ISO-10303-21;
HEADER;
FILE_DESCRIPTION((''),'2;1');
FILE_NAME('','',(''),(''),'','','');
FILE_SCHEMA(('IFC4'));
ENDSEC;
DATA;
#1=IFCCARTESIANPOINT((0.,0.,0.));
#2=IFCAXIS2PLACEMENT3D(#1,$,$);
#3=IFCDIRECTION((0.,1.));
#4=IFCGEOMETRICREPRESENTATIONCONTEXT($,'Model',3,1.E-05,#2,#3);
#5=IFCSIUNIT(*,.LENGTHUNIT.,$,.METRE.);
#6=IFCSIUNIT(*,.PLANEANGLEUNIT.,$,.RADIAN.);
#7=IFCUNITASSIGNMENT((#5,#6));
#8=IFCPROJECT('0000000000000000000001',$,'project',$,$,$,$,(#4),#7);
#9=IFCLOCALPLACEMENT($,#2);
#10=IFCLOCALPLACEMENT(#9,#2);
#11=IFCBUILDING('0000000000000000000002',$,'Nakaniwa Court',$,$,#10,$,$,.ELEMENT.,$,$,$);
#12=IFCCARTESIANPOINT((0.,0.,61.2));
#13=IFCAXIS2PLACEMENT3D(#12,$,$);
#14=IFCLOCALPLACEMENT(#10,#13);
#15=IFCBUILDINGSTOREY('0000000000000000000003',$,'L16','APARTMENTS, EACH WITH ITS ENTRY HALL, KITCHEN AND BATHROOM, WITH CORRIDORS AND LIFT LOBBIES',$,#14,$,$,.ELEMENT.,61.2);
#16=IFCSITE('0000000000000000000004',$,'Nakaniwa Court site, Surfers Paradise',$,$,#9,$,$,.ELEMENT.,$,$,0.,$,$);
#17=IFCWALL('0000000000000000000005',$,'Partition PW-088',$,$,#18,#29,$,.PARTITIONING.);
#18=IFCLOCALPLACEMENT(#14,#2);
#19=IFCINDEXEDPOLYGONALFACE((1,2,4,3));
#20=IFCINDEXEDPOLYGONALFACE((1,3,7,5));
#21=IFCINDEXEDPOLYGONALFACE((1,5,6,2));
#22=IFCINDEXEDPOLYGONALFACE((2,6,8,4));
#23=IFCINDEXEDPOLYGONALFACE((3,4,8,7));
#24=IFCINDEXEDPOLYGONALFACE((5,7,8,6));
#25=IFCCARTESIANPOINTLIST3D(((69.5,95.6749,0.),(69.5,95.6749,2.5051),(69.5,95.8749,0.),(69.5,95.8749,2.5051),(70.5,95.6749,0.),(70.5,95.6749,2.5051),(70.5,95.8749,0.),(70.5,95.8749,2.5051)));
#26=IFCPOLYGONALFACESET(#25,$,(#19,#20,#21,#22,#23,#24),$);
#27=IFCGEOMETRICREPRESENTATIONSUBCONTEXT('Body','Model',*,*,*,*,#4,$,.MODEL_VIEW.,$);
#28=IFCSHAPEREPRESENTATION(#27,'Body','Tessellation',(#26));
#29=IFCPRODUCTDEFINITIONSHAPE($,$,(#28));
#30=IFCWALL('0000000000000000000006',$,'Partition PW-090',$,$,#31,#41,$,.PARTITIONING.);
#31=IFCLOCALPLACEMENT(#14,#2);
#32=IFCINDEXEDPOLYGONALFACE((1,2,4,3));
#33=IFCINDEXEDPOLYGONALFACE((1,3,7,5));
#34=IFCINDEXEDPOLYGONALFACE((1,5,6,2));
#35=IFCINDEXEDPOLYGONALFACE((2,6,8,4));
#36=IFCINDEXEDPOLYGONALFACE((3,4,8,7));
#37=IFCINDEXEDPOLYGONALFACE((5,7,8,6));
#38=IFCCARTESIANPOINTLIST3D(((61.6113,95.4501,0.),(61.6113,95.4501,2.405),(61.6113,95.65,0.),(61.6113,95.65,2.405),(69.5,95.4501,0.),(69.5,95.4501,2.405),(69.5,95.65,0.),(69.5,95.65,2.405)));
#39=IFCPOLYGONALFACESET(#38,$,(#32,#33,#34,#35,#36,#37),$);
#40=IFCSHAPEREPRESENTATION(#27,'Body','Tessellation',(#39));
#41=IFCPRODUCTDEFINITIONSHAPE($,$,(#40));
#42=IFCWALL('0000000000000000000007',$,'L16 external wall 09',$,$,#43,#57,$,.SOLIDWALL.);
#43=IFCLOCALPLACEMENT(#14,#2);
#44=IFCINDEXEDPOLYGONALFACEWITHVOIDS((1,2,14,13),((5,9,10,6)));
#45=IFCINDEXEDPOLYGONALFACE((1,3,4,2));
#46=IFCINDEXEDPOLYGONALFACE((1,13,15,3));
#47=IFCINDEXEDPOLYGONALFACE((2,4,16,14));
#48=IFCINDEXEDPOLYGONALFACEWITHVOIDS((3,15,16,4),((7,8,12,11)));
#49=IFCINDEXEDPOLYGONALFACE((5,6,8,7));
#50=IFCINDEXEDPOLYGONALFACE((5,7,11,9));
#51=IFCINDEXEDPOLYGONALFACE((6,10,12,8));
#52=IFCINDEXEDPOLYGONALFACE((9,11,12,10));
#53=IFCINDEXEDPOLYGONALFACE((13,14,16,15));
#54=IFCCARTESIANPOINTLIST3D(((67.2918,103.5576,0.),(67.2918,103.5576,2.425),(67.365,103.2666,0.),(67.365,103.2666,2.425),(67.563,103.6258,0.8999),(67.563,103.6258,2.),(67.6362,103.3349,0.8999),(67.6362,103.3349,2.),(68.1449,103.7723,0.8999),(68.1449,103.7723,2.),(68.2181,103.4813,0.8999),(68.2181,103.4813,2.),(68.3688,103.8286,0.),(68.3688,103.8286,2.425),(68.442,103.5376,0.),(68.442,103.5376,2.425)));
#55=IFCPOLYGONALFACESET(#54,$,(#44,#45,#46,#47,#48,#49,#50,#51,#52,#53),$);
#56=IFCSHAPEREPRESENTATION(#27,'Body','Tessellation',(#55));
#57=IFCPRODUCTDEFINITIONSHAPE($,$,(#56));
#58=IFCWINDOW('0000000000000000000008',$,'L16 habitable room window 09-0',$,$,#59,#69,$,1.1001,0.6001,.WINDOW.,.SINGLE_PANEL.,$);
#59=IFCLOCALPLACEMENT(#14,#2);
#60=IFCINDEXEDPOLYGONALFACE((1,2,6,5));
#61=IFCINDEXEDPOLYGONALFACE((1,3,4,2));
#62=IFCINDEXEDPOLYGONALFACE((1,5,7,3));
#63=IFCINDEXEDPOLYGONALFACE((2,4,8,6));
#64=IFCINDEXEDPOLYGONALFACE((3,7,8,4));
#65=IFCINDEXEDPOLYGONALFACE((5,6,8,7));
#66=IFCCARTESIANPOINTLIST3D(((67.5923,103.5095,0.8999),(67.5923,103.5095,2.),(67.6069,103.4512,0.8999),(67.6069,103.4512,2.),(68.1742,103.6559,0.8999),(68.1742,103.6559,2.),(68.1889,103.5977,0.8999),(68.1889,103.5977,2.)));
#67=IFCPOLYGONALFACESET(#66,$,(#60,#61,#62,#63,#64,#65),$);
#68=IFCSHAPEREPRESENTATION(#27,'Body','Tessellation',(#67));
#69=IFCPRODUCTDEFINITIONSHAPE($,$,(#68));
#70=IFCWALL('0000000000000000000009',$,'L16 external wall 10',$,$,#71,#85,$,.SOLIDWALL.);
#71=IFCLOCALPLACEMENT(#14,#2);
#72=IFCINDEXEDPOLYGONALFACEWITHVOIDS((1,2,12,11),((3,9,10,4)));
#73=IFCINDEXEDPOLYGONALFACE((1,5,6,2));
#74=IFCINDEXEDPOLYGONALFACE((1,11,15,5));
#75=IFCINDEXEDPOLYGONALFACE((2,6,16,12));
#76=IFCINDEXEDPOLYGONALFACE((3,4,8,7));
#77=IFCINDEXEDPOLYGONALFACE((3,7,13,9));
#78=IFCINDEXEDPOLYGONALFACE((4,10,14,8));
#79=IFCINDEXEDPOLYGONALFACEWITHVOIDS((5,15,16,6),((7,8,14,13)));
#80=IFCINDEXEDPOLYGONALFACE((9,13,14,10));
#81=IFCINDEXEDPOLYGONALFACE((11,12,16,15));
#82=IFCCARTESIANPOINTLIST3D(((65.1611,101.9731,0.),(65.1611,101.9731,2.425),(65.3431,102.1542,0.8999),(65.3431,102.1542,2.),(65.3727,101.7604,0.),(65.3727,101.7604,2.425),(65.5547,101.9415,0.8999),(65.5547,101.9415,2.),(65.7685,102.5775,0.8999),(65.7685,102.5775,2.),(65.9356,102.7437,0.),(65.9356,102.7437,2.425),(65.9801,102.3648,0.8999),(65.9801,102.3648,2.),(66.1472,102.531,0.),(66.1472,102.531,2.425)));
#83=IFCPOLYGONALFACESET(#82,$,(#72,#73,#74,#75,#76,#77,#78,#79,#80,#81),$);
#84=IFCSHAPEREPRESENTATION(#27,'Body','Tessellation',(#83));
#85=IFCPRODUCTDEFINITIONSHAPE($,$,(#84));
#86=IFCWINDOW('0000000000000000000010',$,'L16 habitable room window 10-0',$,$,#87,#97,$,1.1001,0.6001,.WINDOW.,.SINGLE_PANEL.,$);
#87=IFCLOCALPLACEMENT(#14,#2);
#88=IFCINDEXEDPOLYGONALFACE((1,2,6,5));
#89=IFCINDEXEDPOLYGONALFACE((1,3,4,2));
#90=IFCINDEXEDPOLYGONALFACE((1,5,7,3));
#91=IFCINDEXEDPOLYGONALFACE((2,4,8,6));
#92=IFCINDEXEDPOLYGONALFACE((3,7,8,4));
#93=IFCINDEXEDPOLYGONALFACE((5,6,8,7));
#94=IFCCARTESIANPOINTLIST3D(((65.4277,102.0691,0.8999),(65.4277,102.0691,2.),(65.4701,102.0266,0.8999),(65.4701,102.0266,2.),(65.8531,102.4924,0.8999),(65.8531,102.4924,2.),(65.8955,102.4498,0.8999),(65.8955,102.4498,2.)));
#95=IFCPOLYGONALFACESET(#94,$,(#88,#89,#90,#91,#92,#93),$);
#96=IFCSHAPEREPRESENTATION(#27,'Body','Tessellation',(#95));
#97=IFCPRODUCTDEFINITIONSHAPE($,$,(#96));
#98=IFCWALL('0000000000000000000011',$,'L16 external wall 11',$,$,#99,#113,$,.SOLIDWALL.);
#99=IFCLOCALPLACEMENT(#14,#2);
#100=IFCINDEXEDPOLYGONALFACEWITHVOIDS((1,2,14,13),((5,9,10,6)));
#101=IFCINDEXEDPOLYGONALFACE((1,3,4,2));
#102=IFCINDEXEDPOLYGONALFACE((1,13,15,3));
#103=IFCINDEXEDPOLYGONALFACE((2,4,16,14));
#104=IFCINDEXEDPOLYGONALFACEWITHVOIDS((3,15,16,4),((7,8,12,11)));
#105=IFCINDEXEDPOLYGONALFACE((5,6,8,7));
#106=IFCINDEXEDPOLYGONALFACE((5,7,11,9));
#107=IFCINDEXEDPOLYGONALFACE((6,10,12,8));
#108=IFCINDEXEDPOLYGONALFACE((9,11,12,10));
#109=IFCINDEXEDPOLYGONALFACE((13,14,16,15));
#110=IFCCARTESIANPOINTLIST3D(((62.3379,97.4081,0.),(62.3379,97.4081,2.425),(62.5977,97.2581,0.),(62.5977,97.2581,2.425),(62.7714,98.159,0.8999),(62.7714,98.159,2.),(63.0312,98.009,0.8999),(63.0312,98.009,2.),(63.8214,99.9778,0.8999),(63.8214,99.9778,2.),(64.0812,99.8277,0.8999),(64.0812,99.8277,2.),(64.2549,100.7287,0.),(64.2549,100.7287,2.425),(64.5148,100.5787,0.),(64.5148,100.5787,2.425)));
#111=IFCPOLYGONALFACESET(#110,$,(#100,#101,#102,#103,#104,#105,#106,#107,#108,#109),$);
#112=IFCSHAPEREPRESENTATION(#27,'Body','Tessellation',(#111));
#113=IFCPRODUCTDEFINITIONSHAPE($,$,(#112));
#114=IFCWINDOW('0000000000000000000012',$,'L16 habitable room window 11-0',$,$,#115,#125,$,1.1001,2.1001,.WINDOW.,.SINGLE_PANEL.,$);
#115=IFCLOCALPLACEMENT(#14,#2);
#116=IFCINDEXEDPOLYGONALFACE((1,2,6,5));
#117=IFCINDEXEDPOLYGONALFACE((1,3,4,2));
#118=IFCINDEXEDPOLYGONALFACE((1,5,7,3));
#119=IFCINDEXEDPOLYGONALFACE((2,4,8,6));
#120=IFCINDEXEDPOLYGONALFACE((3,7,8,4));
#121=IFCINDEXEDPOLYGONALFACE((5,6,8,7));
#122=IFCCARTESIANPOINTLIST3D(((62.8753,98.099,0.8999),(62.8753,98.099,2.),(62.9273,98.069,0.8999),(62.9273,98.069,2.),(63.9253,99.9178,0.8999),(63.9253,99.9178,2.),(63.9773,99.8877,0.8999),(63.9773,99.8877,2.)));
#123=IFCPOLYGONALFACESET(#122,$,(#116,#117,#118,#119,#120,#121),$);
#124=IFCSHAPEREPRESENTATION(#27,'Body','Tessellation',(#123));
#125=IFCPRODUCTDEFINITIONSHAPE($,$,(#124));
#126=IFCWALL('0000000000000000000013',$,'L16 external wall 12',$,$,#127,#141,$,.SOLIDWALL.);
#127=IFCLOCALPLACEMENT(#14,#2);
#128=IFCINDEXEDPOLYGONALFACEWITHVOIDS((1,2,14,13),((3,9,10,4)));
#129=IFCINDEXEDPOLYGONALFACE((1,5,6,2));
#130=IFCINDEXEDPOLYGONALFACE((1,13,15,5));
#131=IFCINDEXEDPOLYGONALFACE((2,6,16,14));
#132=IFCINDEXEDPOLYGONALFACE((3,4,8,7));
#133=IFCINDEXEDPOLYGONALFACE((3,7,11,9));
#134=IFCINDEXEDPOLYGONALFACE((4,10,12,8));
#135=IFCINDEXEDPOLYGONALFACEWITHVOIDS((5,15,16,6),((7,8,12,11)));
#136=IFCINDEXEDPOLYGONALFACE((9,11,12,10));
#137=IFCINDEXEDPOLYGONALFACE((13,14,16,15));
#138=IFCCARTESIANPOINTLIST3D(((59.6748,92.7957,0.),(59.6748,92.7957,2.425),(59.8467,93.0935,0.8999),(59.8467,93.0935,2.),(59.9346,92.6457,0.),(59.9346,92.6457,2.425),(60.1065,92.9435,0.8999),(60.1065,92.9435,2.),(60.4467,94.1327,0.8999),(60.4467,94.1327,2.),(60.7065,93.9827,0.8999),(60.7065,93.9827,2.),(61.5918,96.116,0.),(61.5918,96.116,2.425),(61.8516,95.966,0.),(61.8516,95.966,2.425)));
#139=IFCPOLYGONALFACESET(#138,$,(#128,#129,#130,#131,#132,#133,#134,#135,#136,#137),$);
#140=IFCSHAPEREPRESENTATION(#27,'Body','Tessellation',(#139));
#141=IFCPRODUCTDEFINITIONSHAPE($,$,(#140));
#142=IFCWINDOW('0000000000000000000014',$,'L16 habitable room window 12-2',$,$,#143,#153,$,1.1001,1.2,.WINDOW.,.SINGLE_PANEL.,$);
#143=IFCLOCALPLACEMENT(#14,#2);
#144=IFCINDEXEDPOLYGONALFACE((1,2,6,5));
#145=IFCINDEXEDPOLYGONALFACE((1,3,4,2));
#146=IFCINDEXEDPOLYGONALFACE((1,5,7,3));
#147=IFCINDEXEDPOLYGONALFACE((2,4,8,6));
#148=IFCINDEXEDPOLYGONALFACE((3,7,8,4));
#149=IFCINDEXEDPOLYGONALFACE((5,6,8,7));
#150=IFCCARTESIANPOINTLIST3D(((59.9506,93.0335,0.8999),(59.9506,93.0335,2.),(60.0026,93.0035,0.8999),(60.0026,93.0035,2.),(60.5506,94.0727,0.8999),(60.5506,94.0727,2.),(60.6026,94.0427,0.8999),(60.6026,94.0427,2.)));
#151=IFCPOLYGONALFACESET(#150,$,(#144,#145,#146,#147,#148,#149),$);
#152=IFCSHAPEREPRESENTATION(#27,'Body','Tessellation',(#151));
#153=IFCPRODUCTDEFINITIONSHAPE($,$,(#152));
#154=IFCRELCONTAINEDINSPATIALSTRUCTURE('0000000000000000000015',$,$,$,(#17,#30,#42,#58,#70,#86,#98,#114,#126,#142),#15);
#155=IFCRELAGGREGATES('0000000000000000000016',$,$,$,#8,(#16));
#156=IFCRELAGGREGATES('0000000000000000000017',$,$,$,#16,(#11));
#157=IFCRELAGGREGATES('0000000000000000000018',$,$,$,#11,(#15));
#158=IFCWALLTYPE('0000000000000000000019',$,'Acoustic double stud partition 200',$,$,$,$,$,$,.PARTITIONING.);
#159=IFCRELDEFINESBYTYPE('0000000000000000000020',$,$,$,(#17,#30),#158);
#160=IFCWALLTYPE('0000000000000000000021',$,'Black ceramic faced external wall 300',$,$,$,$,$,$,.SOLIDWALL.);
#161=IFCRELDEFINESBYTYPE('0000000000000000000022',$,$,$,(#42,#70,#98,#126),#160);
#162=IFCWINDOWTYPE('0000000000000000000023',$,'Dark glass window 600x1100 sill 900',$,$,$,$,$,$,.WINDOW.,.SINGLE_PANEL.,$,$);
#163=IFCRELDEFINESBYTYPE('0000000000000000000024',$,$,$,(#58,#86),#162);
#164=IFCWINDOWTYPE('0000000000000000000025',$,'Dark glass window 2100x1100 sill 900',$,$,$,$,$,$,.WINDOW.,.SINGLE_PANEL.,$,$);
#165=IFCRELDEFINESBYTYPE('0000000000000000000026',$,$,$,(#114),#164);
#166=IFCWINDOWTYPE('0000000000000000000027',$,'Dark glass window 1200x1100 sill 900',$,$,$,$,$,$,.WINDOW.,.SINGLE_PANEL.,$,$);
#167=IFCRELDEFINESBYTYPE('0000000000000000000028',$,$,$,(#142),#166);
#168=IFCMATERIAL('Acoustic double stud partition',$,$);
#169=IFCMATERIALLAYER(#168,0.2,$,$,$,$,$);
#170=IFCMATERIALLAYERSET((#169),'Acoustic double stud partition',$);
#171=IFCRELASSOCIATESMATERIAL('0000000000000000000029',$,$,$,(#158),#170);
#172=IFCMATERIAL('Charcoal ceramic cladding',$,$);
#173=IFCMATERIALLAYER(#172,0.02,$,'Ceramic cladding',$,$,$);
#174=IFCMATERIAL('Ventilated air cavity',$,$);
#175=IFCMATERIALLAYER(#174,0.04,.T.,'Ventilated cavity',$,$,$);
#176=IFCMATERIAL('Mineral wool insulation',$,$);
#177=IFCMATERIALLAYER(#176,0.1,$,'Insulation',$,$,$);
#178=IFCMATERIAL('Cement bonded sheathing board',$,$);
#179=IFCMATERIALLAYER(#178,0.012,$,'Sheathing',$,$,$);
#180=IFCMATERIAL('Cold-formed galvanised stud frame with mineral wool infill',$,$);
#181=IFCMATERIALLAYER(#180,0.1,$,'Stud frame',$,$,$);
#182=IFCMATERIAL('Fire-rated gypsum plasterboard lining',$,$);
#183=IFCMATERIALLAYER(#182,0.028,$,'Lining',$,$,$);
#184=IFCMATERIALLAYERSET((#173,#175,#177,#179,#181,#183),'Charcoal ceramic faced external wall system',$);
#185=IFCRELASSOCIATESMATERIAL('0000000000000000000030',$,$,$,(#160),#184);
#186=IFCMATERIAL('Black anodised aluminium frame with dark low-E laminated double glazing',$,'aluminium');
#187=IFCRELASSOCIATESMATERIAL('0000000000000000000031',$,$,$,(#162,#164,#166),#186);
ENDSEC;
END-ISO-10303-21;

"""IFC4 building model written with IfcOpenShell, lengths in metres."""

from ifc_helpers import new_model, si_unit, direction, frame, frame_2d, origin, place, context, subcontext, project, spatial, rectangle, extrude, material, layer, layer_set, type_object, element, fill, save


model = new_model("IFC4")

# Units and contexts
model_context = context("Model", 3, precision=1e-05, world=origin(), true_north=direction((0.0, 1.0)))
body_context = subcontext(model_context, "Body", "Model", "MODEL_VIEW")
ifc_project = project(units=[si_unit("LENGTHUNIT", "METRE"), si_unit("PLANEANGLEUNIT", "RADIAN")], contexts=[model_context])

# Site, building, storey
site_placement = place(None, origin())
site = spatial("IfcSite", under=ifc_project, at=site_placement, Name="Nakaniwa Court site, Surfers Paradise", CompositionType="ELEMENT", RefElevation=0.0)
building_placement = place(site_placement, origin())
building = spatial("IfcBuilding", under=site, at=building_placement, Name="Nakaniwa Court", CompositionType="ELEMENT")
storey_placement = place(building_placement, frame((0.0, 0.0, 61.2)))
storey = spatial("IfcBuildingStorey", under=building, at=storey_placement, Name="L16", Description="APARTMENTS, EACH WITH ITS ENTRY HALL, KITCHEN AND BATHROOM, WITH CORRIDORS AND LIFT LOBBIES", CompositionType="ELEMENT", Elevation=61.2)

# Walls
ifc_material_1 = material(Name="Acoustic double stud partition")
ifc_layer_1 = layer(ifc_material_1, 0.2)
ifc_layer_set_1 = layer_set([ifc_layer_1], Name="Acoustic double stud partition")
wall_type_1 = type_object("IfcWallType", Name="Acoustic double stud partition 200", PredefinedType="PARTITIONING", material=ifc_layer_set_1)
for number, where, z_axis, x_axis, name in (
    (1, (69.5, 95.7749, 0.0), (0.0, 0.0, 1.0), (1.0, 0.0, 0.0), "Partition PW-088"),
):
    element("IfcWall", number, at=place(storey_placement, frame(where, z_axis=z_axis, x_axis=x_axis)), inside=storey, type_object=wall_type_1, Name=name, PredefinedType="PARTITIONING", context=body_context, shape_type="SweptSolid", body=[
        extrude(rectangle(XDim=1.0, YDim=0.2, at=frame_2d((0.5, 0.0))), origin(), (0.0, 0.0, 1.0), 2.5051),
    ])
wall_1_placement = place(storey_placement, frame((61.6113, 95.55, 0.0), z_axis=(0.0, 0.0, 1.0), x_axis=(1.0, 0.0, 0.0)))
element("IfcWall", 2, at=wall_1_placement, inside=storey, type_object=wall_type_1, Name="Partition PW-090", PredefinedType="PARTITIONING", context=body_context, shape_type="SweptSolid", body=[
    extrude(rectangle(XDim=7.8887, YDim=0.2, at=frame_2d((3.9443, 0.0))), origin(), (0.0, 0.0, 1.0), 2.405),
])

# Walls, openings, windows
ifc_material_2 = material(Name="Charcoal ceramic cladding")
ifc_layer_2 = layer(ifc_material_2, 0.02, Name="Ceramic cladding")
ifc_material_3 = material(Name="Ventilated air cavity")
ifc_layer_3 = layer(ifc_material_3, 0.04, ventilated=True, Name="Ventilated cavity")
ifc_material_4 = material(Name="Mineral wool insulation")
ifc_layer_4 = layer(ifc_material_4, 0.1, Name="Insulation")
ifc_material_5 = material(Name="Cement bonded sheathing board")
ifc_layer_5 = layer(ifc_material_5, 0.012, Name="Sheathing")
ifc_material_6 = material(Name="Cold-formed galvanised stud frame with mineral wool infill")
ifc_layer_6 = layer(ifc_material_6, 0.1, Name="Stud frame")
ifc_material_7 = material(Name="Fire-rated gypsum plasterboard lining")
ifc_layer_7 = layer(ifc_material_7, 0.028, Name="Lining")
ifc_layer_set_2 = layer_set([ifc_layer_2, ifc_layer_3, ifc_layer_4, ifc_layer_5, ifc_layer_6, ifc_layer_7], Name="Charcoal ceramic faced external wall system")
wall_type_2 = type_object("IfcWallType", Name="Black ceramic faced external wall 300", PredefinedType="SOLIDWALL", material=ifc_layer_set_2)
wall_2_placement = place(storey_placement, frame((68.4053, 103.6831, 0.0), z_axis=(0.0, 0.0, 1.0), x_axis=(-0.969766, -0.244036, 0.0)))
wall_2 = element("IfcWall", 3, at=wall_2_placement, inside=storey, type_object=wall_type_2, Name="L16 external wall 09", PredefinedType="SOLIDWALL", context=body_context, shape_type="SweptSolid", body=[
    extrude(rectangle(XDim=1.1106, YDim=0.3, at=frame_2d((0.5552, 0.0))), origin(), (0.0, 0.0, 1.0), 2.425),
])
opening_1_placement = place(wall_2_placement, frame((0.2307, 0.0, 0.8999)))
opening_1 = element("IfcOpeningElement", 4, at=opening_1_placement, cuts=wall_2, PredefinedType="OPENING", context=body_context, shape_type="SweptSolid", body=[
    extrude(rectangle(XDim=0.6001, YDim=1.1001, at=frame_2d((0.3, 0.55))), frame((0.0, 0.1599, 0.0), z_axis=(0.0, -1.0, 0.0), x_axis=(1.0, 0.0, 0.0)), (0.0, 0.0, 1.0), 0.3201),
])
ifc_material_8 = material(Name="Black anodised aluminium frame with dark low-E laminated double glazing", Category="aluminium")
window_type_1 = type_object("IfcWindowType", Name="Dark glass window 600x1100 sill 900", PartitioningType="SINGLE_PANEL", PredefinedType="WINDOW", material=ifc_material_8)
window_1_placement = place(opening_1_placement, origin())
window_1 = element("IfcWindow", 5, at=window_1_placement, inside=storey, type_object=window_type_1, Name="L16 habitable room window 09-0", OverallHeight=1.1001, OverallWidth=0.6001, PartitioningType="SINGLE_PANEL", PredefinedType="WINDOW", context=body_context, shape_type="SweptSolid", body=[
    extrude(rectangle(XDim=0.6001, YDim=1.1001, at=frame_2d((0.3, 0.55))), frame((0.0, 0.03, 0.0), z_axis=(0.0, -1.0, 0.0), x_axis=(1.0, 0.0, 0.0)), (0.0, 0.0, 1.0), 0.0601),
])
fill(opening_1, window_1)
wall_3_placement = place(storey_placement, frame((66.0415, 102.6375, 0.0), z_axis=(0.0, 0.0, 1.0), x_axis=(-0.708892, -0.705317, 0.0)))
wall_3 = element("IfcWall", 6, at=wall_3_placement, inside=storey, type_object=wall_type_2, Name="L16 external wall 10", PredefinedType="SOLIDWALL", context=body_context, shape_type="SweptSolid", body=[
    extrude(rectangle(XDim=1.0925, YDim=0.3, at=frame_2d((0.5464, 0.0))), origin(), (0.0, 0.0, 1.0), 2.425),
])
opening_2_placement = place(wall_3_placement, frame((0.2358, 0.0, 0.8999)))
opening_2 = element("IfcOpeningElement", 7, at=opening_2_placement, cuts=wall_3, PredefinedType="OPENING", context=body_context, shape_type="SweptSolid", body=[
    extrude(rectangle(XDim=0.6001, YDim=1.1001, at=frame_2d((0.3, 0.55))), frame((0.0, 0.1599, 0.0), z_axis=(0.0, -1.0, 0.0), x_axis=(1.0, 0.0, 0.0)), (0.0, 0.0, 1.0), 0.3201),
])
window_2_placement = place(opening_2_placement, origin())
window_2 = element("IfcWindow", 8, at=window_2_placement, inside=storey, type_object=window_type_1, Name="L16 habitable room window 10-0", OverallHeight=1.1001, OverallWidth=0.6001, PartitioningType="SINGLE_PANEL", PredefinedType="WINDOW", context=body_context, shape_type="SweptSolid", body=[
    extrude(rectangle(XDim=0.6001, YDim=1.1001, at=frame_2d((0.3, 0.55))), frame((0.0, 0.03, 0.0), z_axis=(0.0, -1.0, 0.0), x_axis=(1.0, 0.0, 0.0)), (0.0, 0.0, 1.0), 0.0601),
])
fill(opening_2, window_2)
wall_4_placement = place(storey_placement, frame((64.3848, 100.6536, 0.0), z_axis=(0.0, 0.0, 1.0), x_axis=(-0.499974, -0.86604, 0.0)))
wall_4 = element("IfcWall", 9, at=wall_4_placement, inside=storey, type_object=wall_type_2, Name="L16 external wall 11", PredefinedType="SOLIDWALL", context=body_context, shape_type="SweptSolid", body=[
    extrude(rectangle(XDim=3.8342, YDim=0.3, at=frame_2d((1.917, 0.0))), origin(), (0.0, 0.0, 1.0), 2.425),
])
opening_3_placement = place(wall_4_placement, frame((0.8669, 0.0, 0.8999)))
opening_3 = element("IfcOpeningElement", 10, at=opening_3_placement, cuts=wall_4, PredefinedType="OPENING", context=body_context, shape_type="SweptSolid", body=[
    extrude(rectangle(XDim=2.1001, YDim=1.1001, at=frame_2d((1.05, 0.55))), frame((0.0, 0.1599, 0.0), z_axis=(0.0, -1.0, 0.0), x_axis=(1.0, 0.0, 0.0)), (0.0, 0.0, 1.0), 0.3201),
])
window_type_2 = type_object("IfcWindowType", Name="Dark glass window 2100x1100 sill 900", PartitioningType="SINGLE_PANEL", PredefinedType="WINDOW", material=ifc_material_8)
window_3_placement = place(opening_3_placement, origin())
window_3 = element("IfcWindow", 11, at=window_3_placement, inside=storey, type_object=window_type_2, Name="L16 habitable room window 11-0", OverallHeight=1.1001, OverallWidth=2.1001, PartitioningType="SINGLE_PANEL", PredefinedType="WINDOW", context=body_context, shape_type="SweptSolid", body=[
    extrude(rectangle(XDim=2.1001, YDim=1.1001, at=frame_2d((1.05, 0.55))), frame((0.0, 0.03, 0.0), z_axis=(0.0, -1.0, 0.0), x_axis=(1.0, 0.0, 0.0)), (0.0, 0.0, 1.0), 0.0601),
])
fill(opening_3, window_3)
wall_5_placement = place(storey_placement, frame((61.7217, 96.041, 0.0), z_axis=(0.0, 0.0, 1.0), x_axis=(-0.500002, -0.866024, 0.0)))
wall_5 = element("IfcWall", 12, at=wall_5_placement, inside=storey, type_object=wall_type_2, Name="L16 external wall 12", PredefinedType="SOLIDWALL", context=body_context, shape_type="SweptSolid", body=[
    extrude(rectangle(XDim=3.834, YDim=0.3, at=frame_2d((1.917, 0.0))), origin(), (0.0, 0.0, 1.0), 2.425),
])
opening_4_placement = place(wall_5_placement, frame((2.29, 0.0, 0.8999)))
opening_4 = element("IfcOpeningElement", 13, at=opening_4_placement, cuts=wall_5, PredefinedType="OPENING", context=body_context, shape_type="SweptSolid", body=[
    extrude(rectangle(XDim=1.2, YDim=1.1001, at=frame_2d((0.6001, 0.55))), frame((0.0, 0.1599, 0.0), z_axis=(0.0, -1.0, 0.0), x_axis=(1.0, 0.0, 0.0)), (0.0, 0.0, 1.0), 0.3201),
])
window_type_3 = type_object("IfcWindowType", Name="Dark glass window 1200x1100 sill 900", PartitioningType="SINGLE_PANEL", PredefinedType="WINDOW", material=ifc_material_8)
window_4_placement = place(opening_4_placement, origin())
window_4 = element("IfcWindow", 14, at=window_4_placement, inside=storey, type_object=window_type_3, Name="L16 habitable room window 12-2", OverallHeight=1.1001, OverallWidth=1.2, PartitioningType="SINGLE_PANEL", PredefinedType="WINDOW", context=body_context, shape_type="SweptSolid", body=[
    extrude(rectangle(XDim=1.2, YDim=1.1001, at=frame_2d((0.6001, 0.55))), frame((0.0, 0.03, 0.0), z_axis=(0.0, -1.0, 0.0), x_axis=(1.0, 0.0, 0.0)), (0.0, 0.0, 1.0), 0.0601),
])
fill(opening_4, window_4)

save(model, "model.ifc")
